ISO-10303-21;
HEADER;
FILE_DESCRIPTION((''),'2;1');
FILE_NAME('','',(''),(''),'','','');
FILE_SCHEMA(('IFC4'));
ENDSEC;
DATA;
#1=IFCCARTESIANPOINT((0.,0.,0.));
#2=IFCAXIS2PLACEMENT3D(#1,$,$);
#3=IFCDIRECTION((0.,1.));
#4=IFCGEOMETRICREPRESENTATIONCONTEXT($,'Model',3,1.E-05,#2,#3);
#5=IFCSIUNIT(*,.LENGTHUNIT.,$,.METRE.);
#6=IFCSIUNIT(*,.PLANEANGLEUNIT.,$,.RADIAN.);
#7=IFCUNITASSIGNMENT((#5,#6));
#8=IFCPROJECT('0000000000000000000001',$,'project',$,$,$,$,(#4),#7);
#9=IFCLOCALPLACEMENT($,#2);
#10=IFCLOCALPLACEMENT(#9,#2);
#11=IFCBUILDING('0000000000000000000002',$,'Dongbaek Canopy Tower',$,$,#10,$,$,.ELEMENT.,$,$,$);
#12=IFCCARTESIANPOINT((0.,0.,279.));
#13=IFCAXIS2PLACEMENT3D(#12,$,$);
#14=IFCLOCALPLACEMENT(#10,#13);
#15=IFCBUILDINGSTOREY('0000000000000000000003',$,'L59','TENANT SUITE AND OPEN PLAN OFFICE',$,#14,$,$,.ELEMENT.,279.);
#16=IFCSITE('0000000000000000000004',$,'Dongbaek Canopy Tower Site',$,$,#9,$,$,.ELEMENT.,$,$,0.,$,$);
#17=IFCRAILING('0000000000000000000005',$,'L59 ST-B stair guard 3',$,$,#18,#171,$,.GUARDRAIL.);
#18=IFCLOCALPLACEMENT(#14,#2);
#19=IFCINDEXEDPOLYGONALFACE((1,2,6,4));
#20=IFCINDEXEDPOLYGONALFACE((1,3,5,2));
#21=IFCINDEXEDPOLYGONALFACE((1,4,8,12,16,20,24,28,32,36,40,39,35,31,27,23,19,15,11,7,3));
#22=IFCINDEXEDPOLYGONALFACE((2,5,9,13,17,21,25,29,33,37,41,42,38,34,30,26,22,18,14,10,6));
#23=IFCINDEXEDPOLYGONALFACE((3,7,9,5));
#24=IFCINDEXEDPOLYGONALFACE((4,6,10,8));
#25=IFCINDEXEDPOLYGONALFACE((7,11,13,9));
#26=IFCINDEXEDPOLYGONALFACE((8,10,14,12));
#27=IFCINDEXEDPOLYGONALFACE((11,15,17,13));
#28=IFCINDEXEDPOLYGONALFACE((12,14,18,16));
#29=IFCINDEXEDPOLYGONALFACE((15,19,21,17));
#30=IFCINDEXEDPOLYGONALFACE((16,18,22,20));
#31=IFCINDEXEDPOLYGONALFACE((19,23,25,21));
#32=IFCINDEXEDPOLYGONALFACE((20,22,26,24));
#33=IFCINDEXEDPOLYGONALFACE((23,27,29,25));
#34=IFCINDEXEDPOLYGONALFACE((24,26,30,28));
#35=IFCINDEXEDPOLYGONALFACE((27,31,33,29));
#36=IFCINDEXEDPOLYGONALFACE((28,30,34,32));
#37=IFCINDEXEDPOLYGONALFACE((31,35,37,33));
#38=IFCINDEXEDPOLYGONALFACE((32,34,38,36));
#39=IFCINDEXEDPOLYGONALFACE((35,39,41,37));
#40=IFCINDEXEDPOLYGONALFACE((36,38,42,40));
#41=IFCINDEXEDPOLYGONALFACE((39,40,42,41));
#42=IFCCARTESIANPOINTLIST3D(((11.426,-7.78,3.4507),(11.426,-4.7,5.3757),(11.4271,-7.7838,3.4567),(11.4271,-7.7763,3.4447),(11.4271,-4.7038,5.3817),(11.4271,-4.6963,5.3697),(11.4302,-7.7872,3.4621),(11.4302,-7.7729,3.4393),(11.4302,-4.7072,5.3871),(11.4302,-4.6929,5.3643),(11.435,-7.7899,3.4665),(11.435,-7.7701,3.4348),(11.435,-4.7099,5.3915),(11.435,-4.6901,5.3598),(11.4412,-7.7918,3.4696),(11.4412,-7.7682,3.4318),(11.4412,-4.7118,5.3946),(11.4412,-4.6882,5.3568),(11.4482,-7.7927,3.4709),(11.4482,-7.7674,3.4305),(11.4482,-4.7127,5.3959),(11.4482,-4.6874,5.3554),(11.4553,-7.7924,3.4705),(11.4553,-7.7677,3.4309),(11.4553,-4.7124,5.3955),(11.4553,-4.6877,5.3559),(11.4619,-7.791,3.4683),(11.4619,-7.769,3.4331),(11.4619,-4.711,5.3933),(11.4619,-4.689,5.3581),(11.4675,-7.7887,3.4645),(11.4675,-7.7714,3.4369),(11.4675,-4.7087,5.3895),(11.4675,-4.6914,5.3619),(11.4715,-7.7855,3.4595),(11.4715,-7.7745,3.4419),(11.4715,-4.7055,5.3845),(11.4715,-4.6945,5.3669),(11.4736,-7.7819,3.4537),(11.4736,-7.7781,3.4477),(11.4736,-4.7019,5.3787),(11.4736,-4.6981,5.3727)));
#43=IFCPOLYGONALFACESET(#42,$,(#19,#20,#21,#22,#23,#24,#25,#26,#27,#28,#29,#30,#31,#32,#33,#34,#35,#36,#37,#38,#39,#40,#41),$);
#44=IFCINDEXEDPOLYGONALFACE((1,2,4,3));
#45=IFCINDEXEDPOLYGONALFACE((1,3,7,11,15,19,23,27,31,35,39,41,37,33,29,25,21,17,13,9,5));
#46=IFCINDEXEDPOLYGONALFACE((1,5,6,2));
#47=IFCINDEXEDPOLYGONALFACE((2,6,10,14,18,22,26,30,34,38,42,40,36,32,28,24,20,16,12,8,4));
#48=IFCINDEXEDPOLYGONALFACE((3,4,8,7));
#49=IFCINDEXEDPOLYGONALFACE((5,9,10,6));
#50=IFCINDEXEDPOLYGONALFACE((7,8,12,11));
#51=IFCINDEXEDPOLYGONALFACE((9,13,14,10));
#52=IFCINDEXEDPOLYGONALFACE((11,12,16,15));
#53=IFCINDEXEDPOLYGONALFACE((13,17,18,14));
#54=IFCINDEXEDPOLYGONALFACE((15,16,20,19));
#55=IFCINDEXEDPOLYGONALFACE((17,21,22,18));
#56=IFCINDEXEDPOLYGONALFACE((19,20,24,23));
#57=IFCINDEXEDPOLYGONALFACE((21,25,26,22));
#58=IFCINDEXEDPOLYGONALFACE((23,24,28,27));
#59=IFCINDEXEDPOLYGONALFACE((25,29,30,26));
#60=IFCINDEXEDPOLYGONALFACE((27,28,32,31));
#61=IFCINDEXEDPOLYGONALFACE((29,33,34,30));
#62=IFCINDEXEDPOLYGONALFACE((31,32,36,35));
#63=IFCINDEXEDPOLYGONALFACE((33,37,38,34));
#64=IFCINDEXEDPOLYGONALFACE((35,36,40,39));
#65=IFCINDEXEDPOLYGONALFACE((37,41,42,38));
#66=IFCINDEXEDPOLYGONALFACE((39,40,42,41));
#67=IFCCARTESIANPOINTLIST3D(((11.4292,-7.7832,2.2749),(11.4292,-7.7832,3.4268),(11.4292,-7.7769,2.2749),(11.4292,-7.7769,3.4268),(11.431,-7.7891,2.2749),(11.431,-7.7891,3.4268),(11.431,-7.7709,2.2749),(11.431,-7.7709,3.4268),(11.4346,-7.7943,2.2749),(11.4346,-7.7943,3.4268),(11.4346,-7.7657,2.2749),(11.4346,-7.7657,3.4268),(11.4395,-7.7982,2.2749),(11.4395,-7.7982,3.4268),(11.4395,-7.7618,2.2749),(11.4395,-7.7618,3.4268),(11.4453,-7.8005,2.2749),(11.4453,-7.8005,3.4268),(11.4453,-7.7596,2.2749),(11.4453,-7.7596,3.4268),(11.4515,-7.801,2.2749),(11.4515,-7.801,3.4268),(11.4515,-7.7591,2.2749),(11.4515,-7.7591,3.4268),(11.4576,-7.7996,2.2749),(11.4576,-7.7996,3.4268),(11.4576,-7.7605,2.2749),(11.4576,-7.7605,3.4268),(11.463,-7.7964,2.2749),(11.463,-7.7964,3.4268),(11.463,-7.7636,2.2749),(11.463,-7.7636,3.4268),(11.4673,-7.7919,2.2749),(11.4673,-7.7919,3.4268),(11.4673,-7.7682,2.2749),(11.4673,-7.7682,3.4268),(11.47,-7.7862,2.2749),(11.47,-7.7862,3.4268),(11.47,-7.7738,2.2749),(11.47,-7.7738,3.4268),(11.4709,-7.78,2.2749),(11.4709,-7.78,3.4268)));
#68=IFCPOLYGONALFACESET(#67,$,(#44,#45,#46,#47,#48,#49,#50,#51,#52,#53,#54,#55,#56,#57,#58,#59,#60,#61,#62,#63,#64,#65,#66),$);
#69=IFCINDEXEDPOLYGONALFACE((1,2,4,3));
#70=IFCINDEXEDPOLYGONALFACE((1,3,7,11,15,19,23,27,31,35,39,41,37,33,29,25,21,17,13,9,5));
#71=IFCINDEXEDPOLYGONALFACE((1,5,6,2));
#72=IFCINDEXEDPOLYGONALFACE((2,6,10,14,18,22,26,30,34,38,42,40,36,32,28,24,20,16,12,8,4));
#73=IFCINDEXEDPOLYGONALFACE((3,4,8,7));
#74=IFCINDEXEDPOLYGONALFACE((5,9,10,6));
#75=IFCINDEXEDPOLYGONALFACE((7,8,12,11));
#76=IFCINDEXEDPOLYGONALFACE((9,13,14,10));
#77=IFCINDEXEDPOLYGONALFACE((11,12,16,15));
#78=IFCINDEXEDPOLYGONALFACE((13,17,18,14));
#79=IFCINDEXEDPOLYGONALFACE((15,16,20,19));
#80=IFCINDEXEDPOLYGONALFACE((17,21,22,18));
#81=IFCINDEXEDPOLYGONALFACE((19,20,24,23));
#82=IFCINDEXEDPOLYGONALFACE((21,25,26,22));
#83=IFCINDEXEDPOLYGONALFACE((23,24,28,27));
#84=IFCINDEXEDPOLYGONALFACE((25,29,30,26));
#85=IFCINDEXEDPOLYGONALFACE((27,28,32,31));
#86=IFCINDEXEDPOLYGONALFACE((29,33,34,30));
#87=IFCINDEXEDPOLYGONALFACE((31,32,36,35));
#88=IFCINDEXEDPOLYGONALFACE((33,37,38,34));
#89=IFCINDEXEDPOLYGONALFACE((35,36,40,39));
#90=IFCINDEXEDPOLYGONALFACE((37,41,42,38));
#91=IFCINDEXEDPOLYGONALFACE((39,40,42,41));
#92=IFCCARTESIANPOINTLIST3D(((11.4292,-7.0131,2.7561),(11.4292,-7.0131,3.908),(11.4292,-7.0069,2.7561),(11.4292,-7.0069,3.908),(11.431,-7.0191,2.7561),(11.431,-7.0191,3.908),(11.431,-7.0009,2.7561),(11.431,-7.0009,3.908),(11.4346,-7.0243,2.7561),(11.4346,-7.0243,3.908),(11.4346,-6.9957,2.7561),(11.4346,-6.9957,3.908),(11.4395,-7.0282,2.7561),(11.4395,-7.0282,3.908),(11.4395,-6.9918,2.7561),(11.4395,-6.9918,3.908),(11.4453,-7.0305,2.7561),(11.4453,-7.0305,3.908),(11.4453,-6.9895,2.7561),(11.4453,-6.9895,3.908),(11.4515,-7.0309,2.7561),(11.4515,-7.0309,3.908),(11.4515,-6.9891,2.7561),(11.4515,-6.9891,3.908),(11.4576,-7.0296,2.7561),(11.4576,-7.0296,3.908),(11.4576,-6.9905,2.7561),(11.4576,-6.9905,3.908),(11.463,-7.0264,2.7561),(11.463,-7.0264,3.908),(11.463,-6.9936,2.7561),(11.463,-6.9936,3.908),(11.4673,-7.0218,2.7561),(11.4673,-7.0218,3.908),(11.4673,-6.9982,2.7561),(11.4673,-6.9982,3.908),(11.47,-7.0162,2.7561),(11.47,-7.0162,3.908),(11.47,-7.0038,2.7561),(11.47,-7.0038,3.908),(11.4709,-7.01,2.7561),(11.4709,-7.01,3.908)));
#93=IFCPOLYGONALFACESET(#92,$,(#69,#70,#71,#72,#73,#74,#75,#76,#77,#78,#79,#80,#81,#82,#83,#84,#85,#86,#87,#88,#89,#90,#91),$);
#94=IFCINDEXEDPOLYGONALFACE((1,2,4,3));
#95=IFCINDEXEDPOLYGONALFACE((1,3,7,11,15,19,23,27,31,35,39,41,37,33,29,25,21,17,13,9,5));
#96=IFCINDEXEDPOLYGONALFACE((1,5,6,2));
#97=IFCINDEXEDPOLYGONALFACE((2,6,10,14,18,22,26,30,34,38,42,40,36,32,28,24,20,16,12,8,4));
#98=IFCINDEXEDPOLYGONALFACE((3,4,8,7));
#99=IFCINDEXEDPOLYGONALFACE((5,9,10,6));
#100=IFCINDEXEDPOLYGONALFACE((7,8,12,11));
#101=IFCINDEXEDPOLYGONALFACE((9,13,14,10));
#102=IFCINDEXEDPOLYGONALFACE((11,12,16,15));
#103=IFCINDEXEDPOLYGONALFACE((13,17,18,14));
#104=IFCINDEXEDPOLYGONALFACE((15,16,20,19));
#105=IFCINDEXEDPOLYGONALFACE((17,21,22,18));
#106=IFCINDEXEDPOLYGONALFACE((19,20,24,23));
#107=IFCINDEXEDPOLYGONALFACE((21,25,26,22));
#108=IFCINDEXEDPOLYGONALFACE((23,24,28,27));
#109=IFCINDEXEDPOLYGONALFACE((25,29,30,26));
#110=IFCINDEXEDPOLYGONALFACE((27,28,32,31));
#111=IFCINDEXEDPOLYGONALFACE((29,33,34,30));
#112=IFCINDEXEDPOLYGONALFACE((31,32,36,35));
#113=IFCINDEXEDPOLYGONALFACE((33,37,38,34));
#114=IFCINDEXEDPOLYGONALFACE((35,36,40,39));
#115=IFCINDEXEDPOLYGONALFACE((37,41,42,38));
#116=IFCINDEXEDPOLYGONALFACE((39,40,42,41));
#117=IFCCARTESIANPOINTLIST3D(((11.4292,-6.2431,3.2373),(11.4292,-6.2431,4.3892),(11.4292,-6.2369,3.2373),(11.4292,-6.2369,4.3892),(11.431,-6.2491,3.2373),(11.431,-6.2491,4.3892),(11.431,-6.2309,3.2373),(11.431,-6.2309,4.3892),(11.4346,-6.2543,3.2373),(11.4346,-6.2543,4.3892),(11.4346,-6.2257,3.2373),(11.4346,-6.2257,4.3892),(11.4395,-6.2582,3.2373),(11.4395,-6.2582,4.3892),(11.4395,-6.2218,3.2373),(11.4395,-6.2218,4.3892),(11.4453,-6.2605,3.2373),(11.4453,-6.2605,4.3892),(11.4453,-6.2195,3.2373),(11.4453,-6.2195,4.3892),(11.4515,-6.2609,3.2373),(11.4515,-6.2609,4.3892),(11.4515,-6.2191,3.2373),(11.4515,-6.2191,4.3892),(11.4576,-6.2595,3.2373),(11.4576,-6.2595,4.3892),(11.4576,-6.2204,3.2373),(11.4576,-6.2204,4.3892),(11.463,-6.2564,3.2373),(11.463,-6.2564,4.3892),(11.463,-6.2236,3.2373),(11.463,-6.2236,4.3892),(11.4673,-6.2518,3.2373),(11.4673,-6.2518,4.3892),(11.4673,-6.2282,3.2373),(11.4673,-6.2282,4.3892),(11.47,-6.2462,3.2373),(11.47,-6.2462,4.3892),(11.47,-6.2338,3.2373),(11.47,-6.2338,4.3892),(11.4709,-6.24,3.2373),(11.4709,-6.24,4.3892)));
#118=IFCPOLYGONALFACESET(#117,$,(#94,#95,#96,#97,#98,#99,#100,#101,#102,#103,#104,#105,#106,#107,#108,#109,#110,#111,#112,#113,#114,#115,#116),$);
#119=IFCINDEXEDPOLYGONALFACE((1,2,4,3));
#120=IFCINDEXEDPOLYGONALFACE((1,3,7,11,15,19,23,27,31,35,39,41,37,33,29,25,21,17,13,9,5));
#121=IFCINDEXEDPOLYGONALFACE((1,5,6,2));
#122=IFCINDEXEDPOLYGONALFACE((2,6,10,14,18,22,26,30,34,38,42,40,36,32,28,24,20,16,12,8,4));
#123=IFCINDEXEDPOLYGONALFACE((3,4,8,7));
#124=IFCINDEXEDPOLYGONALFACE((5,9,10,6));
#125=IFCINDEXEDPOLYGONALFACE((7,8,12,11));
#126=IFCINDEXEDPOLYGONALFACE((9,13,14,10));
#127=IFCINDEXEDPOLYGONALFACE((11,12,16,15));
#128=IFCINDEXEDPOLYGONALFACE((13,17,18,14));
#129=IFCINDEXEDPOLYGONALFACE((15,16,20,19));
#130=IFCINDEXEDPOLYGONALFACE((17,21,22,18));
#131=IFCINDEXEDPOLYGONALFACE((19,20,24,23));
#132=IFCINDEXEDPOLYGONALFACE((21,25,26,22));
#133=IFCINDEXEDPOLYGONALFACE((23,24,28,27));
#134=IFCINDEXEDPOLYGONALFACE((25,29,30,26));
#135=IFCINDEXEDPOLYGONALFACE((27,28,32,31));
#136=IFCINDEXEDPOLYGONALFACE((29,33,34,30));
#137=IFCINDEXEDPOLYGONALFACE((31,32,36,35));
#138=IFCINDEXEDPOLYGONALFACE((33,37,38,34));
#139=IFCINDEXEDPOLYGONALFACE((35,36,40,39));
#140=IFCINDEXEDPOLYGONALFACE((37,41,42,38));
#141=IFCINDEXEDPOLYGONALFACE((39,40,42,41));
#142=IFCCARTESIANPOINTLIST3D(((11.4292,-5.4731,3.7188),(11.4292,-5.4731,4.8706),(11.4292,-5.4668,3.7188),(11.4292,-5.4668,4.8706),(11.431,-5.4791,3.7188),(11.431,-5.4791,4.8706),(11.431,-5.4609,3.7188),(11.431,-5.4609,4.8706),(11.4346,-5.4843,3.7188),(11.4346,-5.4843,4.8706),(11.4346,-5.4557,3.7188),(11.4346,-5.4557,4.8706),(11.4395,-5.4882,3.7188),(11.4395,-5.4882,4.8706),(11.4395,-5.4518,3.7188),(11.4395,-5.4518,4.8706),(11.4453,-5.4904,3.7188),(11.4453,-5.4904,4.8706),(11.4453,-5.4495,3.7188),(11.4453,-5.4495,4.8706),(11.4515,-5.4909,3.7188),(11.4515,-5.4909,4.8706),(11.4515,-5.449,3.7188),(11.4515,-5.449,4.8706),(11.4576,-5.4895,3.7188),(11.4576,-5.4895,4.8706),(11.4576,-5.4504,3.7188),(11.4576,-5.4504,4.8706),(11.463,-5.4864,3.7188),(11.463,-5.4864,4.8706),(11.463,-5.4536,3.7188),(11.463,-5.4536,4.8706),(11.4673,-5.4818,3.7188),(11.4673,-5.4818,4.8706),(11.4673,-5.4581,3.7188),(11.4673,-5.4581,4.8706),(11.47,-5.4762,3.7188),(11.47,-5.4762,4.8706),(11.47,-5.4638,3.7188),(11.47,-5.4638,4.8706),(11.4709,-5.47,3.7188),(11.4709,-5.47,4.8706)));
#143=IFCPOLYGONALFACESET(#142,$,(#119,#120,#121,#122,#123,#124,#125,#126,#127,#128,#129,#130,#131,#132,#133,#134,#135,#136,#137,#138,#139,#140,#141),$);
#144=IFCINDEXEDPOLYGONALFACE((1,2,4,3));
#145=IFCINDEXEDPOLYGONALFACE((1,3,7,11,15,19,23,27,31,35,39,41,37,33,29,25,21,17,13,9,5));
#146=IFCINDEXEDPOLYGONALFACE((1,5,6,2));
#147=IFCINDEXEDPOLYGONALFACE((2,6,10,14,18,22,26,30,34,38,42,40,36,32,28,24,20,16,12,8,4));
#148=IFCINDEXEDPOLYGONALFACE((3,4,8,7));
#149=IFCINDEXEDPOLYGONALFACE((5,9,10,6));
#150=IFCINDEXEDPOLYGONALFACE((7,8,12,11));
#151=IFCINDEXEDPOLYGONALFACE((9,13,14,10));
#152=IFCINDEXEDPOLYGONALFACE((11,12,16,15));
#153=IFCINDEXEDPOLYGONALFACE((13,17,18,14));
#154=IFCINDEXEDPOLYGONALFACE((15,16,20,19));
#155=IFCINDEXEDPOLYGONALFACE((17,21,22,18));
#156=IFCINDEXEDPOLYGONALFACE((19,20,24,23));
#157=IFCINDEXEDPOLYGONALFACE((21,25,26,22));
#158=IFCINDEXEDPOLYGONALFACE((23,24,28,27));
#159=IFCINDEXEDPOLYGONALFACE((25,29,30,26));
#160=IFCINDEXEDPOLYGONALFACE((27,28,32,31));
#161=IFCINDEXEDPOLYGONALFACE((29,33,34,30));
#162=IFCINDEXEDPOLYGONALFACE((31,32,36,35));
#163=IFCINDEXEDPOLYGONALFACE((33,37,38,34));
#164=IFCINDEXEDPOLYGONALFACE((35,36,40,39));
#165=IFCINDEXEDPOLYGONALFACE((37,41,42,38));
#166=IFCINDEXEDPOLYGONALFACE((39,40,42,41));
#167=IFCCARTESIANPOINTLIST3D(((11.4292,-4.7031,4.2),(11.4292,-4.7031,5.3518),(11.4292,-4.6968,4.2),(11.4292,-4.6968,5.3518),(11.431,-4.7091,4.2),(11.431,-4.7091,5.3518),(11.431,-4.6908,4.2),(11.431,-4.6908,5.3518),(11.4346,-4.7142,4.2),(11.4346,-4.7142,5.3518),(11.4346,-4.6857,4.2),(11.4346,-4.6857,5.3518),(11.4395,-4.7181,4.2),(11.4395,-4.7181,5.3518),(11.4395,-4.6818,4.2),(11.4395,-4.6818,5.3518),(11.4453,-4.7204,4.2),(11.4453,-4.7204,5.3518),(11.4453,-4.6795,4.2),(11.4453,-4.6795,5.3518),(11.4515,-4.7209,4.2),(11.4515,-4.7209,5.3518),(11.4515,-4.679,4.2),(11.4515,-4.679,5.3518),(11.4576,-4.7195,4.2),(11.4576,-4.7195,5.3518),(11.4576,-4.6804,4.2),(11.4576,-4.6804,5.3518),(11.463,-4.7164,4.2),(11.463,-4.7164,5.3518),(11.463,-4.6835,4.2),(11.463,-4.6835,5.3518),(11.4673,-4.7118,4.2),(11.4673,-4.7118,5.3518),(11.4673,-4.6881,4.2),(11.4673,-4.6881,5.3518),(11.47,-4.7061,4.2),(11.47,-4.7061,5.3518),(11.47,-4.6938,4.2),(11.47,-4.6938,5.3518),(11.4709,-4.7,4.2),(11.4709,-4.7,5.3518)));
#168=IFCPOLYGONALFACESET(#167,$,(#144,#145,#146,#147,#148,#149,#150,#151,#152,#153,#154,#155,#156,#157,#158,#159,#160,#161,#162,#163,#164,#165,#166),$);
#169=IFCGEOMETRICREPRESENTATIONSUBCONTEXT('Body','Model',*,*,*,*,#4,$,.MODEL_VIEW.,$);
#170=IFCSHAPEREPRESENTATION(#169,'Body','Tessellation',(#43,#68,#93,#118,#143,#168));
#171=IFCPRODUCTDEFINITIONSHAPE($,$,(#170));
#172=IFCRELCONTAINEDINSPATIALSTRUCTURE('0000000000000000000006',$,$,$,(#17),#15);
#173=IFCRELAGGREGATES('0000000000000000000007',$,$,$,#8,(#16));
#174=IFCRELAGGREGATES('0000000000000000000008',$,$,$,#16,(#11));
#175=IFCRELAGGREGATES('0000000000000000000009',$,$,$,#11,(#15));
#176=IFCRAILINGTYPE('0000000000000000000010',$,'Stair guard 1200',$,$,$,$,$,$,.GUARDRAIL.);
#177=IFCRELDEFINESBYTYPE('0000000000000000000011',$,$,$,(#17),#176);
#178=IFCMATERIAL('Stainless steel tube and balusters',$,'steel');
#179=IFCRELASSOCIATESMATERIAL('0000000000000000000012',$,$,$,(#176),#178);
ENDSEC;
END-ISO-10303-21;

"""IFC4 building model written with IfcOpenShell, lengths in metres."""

from ifc_helpers import new_model, si_unit, direction, frame, origin, origin_2d, place, context, subcontext, project, spatial, circle, extrude, material, type_object, element, save


model = new_model("IFC4")

# Units and contexts
model_context = context("Model", 3, precision=1e-05, world=origin(), true_north=direction((0.0, 1.0)))
body_context = subcontext(model_context, "Body", "Model", "MODEL_VIEW")
ifc_project = project(units=[si_unit("LENGTHUNIT", "METRE"), si_unit("PLANEANGLEUNIT", "RADIAN")], contexts=[model_context])

# Site, building, storey
site_placement = place(None, origin())
site = spatial("IfcSite", under=ifc_project, at=site_placement, Name="Dongbaek Canopy Tower Site", CompositionType="ELEMENT", RefElevation=0.0)
building_placement = place(site_placement, origin())
building = spatial("IfcBuilding", under=site, at=building_placement, Name="Dongbaek Canopy Tower", CompositionType="ELEMENT")
storey_placement = place(building_placement, frame((0.0, 0.0, 279.0)))
storey = spatial("IfcBuildingStorey", under=building, at=storey_placement, Name="L59", Description="TENANT SUITE AND OPEN PLAN OFFICE", CompositionType="ELEMENT", Elevation=279.0)

# Railing
ifc_material_1 = material(Name="Stainless steel tube and balusters", Category="steel")
railing_type_1 = type_object("IfcRailingType", Name="Stair guard 1200", PredefinedType="GUARDRAIL", material=ifc_material_1)
railing_1_placement = place(storey_placement, frame((11.45, -7.78, 2.2749)))
element("IfcRailing", 1, at=railing_1_placement, inside=storey, type_object=railing_type_1, Name="L59 ST-B stair guard 3", PredefinedType="GUARDRAIL", context=body_context, shape_type="SweptSolid", body=[
    extrude(circle(Radius=0.0239, at=origin_2d()), frame((0.0, 0.0, 1.1758), z_axis=(0.0, 0.847998, 0.529999), x_axis=(-1.0, 0.0, 0.0)), (0.0, 0.0, 1.0), 3.6321),
    extrude(circle(Radius=0.021, at=origin_2d()), origin(), (0.0, 0.0, 1.0), 1.1519),
    extrude(circle(Radius=0.021, at=origin_2d()), frame((0.0, 0.77, 0.4812)), (0.0, 0.0, 1.0), 1.1519),
    extrude(circle(Radius=0.021, at=origin_2d()), frame((0.0, 1.54, 0.9624)), (0.0, 0.0, 1.0), 1.1519),
    extrude(circle(Radius=0.021, at=origin_2d()), frame((0.0, 2.3101, 1.4438)), (0.0, 0.0, 1.0), 1.1519),
    extrude(circle(Radius=0.021, at=origin_2d()), frame((0.0, 3.0801, 1.925)), (0.0, 0.0, 1.0), 1.1519),
])

save(model, "model.ifc")
